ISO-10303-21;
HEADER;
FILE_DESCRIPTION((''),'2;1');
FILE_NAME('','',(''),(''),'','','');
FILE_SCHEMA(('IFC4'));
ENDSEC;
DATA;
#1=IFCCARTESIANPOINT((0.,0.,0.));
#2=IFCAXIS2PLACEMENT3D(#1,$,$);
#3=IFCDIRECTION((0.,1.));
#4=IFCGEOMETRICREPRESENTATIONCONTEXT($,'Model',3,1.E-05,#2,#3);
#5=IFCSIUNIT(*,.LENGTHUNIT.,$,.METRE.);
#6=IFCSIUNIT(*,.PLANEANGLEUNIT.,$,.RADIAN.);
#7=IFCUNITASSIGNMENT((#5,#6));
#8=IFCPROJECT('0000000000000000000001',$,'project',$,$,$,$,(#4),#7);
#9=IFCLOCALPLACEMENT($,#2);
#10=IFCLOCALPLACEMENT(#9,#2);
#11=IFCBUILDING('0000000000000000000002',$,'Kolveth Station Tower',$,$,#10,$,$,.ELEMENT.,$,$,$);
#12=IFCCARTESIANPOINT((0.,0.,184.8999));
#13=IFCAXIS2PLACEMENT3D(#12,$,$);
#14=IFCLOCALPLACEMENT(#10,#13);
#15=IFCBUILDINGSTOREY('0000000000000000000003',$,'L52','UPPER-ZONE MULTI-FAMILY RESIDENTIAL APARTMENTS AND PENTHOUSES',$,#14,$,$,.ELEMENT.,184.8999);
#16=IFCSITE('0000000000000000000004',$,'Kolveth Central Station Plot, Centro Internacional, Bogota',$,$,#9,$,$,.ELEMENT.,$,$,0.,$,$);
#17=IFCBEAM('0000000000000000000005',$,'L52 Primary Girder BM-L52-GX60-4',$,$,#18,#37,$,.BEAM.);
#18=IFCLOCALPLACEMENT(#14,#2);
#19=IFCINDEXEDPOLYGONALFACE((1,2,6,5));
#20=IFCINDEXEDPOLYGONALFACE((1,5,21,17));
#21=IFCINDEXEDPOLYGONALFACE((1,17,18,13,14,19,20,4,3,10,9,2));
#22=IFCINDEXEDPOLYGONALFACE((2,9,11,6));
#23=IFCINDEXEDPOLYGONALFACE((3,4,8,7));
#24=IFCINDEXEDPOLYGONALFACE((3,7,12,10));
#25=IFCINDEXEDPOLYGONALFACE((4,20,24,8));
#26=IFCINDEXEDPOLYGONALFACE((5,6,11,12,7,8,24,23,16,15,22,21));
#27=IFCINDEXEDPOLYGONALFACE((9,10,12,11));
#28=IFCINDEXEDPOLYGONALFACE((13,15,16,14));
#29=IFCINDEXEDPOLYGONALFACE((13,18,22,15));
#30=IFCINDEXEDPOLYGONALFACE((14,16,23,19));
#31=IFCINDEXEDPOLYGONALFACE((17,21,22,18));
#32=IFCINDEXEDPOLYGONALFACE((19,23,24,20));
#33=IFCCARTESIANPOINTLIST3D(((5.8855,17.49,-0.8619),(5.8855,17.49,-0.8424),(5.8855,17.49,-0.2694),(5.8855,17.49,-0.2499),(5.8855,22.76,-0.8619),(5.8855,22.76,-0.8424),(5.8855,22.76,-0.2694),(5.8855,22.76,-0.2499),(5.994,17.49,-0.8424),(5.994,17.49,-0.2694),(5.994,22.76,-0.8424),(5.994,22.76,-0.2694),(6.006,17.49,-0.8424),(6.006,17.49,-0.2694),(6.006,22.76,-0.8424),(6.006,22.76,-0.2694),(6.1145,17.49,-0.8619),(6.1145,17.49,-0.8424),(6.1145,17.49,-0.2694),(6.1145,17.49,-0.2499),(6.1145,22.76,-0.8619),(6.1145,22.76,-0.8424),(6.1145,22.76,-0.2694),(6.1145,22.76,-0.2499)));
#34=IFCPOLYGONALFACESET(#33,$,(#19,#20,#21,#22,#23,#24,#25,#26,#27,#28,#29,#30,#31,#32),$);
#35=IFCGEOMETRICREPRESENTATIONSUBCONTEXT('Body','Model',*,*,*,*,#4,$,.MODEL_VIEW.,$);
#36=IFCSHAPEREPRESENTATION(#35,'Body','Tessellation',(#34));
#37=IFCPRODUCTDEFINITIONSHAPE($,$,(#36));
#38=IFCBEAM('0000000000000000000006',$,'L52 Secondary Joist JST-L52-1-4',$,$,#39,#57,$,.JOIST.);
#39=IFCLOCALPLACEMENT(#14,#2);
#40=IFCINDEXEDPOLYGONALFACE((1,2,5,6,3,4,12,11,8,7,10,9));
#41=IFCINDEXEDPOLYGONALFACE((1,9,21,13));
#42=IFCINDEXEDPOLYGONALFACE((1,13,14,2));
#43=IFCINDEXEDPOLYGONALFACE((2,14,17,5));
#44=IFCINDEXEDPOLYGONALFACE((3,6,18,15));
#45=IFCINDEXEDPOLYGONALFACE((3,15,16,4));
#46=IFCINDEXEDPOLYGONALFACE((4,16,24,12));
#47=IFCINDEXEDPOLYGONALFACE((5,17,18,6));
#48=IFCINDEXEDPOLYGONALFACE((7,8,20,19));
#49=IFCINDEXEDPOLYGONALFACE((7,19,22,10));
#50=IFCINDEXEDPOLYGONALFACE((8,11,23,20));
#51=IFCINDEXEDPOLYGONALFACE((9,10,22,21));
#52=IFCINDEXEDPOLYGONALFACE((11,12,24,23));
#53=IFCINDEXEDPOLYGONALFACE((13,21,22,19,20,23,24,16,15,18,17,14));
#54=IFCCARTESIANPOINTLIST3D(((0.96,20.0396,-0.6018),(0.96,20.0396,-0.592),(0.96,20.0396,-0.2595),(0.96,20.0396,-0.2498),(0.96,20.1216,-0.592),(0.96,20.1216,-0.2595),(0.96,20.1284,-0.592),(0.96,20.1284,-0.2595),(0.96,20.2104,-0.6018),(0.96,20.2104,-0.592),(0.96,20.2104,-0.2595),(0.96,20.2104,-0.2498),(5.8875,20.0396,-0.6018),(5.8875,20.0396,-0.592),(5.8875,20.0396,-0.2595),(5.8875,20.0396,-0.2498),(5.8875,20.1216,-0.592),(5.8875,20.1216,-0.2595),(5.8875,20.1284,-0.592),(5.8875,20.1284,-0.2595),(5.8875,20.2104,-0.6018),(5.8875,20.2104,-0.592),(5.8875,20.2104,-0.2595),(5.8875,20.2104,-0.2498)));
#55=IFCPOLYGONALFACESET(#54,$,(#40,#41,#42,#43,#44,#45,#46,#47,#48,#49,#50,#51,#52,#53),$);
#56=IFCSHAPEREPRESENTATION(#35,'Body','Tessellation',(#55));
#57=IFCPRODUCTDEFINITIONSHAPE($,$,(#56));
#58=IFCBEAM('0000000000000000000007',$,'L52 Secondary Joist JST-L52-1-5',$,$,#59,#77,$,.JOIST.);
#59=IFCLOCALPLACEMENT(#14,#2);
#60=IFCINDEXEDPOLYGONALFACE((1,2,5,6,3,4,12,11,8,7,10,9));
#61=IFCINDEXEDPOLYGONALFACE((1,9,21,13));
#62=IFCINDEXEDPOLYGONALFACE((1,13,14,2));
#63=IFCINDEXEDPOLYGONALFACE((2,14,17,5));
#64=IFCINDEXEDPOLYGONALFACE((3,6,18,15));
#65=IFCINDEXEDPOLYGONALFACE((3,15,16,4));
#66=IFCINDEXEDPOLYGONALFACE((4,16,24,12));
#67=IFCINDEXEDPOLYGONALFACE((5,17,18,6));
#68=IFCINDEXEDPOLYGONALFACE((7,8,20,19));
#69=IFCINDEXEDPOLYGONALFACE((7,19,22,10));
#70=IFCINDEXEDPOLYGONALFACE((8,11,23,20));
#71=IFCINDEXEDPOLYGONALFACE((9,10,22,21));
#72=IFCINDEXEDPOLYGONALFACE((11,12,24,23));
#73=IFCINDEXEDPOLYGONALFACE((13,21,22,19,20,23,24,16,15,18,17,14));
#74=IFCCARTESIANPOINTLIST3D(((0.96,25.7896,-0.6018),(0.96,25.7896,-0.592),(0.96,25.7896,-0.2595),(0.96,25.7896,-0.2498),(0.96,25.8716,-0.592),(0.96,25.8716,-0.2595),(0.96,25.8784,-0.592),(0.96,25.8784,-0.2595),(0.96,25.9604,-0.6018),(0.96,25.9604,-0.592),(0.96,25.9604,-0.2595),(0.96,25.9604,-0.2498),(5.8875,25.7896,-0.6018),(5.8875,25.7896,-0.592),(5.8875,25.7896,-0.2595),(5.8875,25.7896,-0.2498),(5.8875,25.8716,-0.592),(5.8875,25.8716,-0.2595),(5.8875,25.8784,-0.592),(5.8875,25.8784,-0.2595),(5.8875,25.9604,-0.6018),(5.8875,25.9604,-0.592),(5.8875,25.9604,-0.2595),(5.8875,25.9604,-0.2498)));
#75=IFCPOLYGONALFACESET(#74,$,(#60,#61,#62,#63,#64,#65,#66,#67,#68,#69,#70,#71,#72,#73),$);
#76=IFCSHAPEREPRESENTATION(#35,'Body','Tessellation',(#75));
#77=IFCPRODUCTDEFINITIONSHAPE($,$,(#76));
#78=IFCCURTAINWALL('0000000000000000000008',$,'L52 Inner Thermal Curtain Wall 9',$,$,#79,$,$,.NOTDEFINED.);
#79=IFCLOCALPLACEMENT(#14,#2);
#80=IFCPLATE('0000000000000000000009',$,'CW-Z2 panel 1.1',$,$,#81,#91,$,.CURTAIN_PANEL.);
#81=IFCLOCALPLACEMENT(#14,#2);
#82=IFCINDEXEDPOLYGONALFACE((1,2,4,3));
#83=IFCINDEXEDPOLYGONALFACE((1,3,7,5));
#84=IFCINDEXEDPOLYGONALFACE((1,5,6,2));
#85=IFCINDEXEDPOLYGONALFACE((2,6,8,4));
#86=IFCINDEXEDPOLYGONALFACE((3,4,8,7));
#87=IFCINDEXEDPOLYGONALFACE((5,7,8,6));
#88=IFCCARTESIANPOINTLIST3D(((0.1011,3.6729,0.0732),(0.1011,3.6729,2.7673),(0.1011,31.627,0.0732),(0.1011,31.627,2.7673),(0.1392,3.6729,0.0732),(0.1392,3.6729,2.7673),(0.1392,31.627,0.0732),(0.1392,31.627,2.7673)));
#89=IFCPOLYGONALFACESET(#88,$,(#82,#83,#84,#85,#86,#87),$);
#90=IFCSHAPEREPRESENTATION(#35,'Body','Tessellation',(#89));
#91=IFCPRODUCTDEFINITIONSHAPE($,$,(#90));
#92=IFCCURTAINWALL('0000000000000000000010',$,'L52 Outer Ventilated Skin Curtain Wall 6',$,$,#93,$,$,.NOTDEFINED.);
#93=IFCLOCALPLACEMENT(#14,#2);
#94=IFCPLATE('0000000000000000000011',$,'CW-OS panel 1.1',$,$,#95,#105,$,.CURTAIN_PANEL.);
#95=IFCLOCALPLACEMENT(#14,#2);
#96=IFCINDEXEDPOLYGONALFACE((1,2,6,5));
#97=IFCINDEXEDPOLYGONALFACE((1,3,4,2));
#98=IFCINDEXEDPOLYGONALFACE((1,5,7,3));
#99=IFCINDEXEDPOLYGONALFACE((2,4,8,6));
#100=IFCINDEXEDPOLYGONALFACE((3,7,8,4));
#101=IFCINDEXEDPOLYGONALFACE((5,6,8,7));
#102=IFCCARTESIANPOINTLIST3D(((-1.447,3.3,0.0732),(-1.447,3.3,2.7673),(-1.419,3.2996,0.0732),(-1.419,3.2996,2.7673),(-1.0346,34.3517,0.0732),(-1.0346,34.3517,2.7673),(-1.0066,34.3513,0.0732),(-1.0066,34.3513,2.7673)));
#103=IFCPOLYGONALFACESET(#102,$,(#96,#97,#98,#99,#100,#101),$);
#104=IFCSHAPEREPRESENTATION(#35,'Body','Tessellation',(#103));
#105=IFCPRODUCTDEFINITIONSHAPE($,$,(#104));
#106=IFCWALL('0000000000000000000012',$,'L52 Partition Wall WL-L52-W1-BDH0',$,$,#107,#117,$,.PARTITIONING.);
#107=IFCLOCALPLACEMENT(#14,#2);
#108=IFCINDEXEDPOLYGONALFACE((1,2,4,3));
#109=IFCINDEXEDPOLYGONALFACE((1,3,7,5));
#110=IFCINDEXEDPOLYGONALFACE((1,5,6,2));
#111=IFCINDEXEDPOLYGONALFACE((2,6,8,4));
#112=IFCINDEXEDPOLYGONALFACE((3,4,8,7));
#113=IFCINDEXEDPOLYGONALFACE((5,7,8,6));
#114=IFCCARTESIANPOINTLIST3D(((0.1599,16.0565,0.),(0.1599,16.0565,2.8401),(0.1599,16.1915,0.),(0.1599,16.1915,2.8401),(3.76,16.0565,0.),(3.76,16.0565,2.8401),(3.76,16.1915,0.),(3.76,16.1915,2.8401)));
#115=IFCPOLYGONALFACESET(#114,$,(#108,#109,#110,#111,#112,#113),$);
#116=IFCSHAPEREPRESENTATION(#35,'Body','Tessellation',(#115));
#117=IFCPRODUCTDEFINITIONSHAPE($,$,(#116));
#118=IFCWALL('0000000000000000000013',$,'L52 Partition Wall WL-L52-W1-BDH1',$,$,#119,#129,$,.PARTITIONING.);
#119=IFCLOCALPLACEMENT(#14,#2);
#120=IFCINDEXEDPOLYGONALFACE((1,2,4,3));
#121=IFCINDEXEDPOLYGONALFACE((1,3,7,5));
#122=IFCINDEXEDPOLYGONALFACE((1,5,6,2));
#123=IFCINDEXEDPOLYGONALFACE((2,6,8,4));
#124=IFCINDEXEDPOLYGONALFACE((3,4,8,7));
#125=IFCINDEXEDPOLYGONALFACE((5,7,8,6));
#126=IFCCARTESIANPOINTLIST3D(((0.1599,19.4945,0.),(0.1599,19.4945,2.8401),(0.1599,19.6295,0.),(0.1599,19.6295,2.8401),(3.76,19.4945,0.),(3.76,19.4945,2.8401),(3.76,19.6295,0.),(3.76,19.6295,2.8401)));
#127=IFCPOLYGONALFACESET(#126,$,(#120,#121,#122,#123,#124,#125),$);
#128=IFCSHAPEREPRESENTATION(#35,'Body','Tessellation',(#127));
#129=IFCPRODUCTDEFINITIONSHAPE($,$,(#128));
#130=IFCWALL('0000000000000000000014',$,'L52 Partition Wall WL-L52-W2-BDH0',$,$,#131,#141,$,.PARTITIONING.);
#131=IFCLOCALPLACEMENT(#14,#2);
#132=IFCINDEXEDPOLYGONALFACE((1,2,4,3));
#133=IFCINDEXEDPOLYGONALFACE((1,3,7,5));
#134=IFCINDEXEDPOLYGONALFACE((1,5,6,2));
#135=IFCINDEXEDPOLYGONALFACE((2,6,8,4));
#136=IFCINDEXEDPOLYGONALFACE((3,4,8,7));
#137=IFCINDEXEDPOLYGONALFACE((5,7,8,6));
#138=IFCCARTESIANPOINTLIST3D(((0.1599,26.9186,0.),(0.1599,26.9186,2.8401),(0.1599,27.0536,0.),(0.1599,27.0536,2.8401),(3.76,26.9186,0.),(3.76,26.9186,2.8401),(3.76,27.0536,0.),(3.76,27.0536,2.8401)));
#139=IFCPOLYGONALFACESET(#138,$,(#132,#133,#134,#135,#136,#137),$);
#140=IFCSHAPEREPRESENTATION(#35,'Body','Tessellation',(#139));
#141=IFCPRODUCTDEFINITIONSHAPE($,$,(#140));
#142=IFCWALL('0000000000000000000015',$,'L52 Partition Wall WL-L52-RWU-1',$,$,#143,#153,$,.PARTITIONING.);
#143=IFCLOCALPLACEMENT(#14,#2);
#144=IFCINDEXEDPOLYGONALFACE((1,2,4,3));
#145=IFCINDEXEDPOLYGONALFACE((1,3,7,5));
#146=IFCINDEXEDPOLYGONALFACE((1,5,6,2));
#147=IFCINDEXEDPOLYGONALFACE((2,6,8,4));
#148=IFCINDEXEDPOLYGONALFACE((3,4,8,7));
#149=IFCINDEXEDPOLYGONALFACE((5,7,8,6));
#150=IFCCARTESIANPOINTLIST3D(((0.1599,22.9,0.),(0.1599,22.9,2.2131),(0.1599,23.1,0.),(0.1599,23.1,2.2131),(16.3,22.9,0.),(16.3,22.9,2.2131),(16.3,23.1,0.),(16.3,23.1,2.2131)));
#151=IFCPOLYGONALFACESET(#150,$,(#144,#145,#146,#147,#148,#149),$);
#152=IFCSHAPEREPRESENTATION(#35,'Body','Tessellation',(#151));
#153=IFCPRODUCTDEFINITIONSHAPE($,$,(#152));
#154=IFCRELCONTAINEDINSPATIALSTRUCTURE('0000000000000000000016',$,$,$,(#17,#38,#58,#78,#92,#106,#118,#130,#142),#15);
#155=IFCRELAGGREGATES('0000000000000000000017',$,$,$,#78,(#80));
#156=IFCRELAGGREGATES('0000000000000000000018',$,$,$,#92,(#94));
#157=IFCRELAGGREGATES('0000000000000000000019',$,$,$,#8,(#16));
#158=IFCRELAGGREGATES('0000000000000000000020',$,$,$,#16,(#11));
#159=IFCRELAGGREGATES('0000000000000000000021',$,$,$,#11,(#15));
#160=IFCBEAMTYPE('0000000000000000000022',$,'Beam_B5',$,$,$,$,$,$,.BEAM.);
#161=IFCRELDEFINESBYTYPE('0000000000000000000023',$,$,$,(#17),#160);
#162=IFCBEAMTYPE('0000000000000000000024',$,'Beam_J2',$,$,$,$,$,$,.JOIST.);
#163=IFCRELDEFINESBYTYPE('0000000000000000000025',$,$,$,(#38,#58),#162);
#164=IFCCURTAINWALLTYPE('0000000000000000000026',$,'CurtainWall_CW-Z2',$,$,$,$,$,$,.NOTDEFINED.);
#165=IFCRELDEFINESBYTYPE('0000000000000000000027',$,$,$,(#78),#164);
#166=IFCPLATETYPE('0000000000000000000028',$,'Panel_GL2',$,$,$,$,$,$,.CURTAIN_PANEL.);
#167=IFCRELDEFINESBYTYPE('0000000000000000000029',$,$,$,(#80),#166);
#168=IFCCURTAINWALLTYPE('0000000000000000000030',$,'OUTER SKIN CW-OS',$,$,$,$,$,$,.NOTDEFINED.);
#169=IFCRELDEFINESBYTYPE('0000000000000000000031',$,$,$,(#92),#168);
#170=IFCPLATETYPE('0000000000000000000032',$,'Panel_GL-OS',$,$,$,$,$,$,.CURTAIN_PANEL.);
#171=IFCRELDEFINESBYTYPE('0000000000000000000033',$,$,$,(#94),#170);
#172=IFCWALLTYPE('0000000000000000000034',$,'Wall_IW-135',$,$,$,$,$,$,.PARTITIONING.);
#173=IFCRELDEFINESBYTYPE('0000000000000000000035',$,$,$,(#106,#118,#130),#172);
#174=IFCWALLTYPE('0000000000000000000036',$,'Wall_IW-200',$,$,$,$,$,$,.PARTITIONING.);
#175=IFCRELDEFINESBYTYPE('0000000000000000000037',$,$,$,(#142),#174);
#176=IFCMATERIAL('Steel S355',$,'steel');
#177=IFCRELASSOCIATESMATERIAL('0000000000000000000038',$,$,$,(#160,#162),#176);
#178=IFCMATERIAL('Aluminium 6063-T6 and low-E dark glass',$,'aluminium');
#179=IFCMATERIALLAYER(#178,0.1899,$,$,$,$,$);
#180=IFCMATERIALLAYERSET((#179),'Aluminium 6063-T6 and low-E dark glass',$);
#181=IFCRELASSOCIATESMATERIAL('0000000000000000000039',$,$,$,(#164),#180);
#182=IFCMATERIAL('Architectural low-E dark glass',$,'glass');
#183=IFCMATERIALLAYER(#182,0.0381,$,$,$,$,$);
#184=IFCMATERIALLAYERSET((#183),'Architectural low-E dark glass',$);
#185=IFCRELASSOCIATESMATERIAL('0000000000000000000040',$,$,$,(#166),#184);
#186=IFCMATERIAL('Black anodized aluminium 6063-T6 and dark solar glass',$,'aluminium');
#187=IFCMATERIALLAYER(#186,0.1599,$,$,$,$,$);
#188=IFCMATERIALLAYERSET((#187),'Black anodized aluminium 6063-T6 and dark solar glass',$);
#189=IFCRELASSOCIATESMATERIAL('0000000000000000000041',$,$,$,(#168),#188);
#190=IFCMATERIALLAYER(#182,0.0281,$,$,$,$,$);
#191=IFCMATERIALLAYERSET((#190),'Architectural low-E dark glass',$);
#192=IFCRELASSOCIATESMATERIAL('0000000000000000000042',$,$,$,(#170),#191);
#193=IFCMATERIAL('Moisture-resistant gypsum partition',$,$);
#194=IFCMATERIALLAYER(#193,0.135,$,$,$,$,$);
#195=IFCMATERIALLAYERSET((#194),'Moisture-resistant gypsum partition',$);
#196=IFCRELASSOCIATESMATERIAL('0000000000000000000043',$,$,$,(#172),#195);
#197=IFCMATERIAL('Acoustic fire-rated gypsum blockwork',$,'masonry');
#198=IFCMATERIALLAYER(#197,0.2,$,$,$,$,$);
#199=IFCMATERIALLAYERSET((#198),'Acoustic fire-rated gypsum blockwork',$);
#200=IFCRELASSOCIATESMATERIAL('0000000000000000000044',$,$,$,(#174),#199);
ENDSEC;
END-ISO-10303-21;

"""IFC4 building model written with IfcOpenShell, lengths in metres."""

from ifc_helpers import new_model, si_unit, direction, frame, frame_2d, origin, origin_2d, place, context, subcontext, project, spatial, rectangle, i_section, extrude, source, transform, mapped, material, layer, layer_set, material_profile, profile_set, type_object, element, aggregate, save


model = new_model("IFC4")

# Units and contexts
model_context = context("Model", 3, precision=1e-05, world=origin(), true_north=direction((0.0, 1.0)))
body_context = subcontext(model_context, "Body", "Model", "MODEL_VIEW")
ifc_project = project(units=[si_unit("LENGTHUNIT", "METRE"), si_unit("PLANEANGLEUNIT", "RADIAN")], contexts=[model_context])

# Site, building, storey
site_placement = place(None, origin())
site = spatial("IfcSite", under=ifc_project, at=site_placement, Name="Kolveth Central Station Plot, Centro Internacional, Bogota", CompositionType="ELEMENT", RefElevation=0.0)
building_placement = place(site_placement, origin())
building = spatial("IfcBuilding", under=site, at=building_placement, Name="Kolveth Station Tower", CompositionType="ELEMENT")
storey_placement = place(building_placement, frame((0.0, 0.0, 184.8999)))
storey = spatial("IfcBuildingStorey", under=building, at=storey_placement, Name="L52", Description="UPPER-ZONE MULTI-FAMILY RESIDENTIAL APARTMENTS AND PENTHOUSES", CompositionType="ELEMENT", Elevation=184.8999)

# Shared definitions
ifc_material_1 = material(Name="Steel S355", Category="steel")

# Beams
ifc_material_profile_1 = material_profile(ifc_material_1, i_section(OverallWidth=0.229, OverallDepth=0.6121, WebThickness=0.012, FlangeThickness=0.0195, at=origin_2d()), Name="W610x125")
ifc_profile_set_1 = profile_set([ifc_material_profile_1], Name="Steel S355")
beam_type_1 = type_object("IfcBeamType", Name="Beam_B5", PredefinedType="BEAM", material=ifc_profile_set_1)
shared_shape_1 = source(origin(), body_context, "Body", "SweptSolid", [
    extrude(i_section(OverallWidth=0.229, OverallDepth=0.6121, WebThickness=0.012, FlangeThickness=0.0195, at=origin_2d()), origin(), (0.0, 0.0, 1.0), 5.27),
])
beam_placement = place(storey_placement, frame((6.0, 17.49, -0.5559), z_axis=(0.0, 1.0, 0.0), x_axis=(-1.0, 0.0, 0.0)))
element("IfcBeam", 1, at=beam_placement, inside=storey, type_object=beam_type_1, Name="L52 Primary Girder BM-L52-GX60-4", PredefinedType="BEAM", context=body_context, shape_type="MappedRepresentation", body=[
    mapped(shared_shape_1, transform((0.0, 0.0, 0.0), x_axis=(1.0, 0.0, 0.0), y_axis=(0.0, 1.0, 0.0), z_axis=(0.0, 0.0, 1.0), scale=1.0)),
])
ifc_material_profile_2 = material_profile(ifc_material_1, i_section(OverallWidth=0.1709, OverallDepth=0.3521, WebThickness=0.0068, FlangeThickness=0.0098, at=origin_2d()), Name="W360x44")
ifc_profile_set_2 = profile_set([ifc_material_profile_2], Name="Steel S355")
beam_type_2 = type_object("IfcBeamType", Name="Beam_J2", PredefinedType="JOIST", material=ifc_profile_set_2)
shared_shape_2 = source(origin(), body_context, "Body", "SweptSolid", [
    extrude(i_section(OverallWidth=0.1709, OverallDepth=0.3521, WebThickness=0.0068, FlangeThickness=0.0098, at=origin_2d()), origin(), (0.0, 0.0, 1.0), 4.9275),
])
for number, where, z_axis, x_axis, name in (
    (2, (0.96, 20.125, -0.4258), (1.0, 0.0, 0.0), (0.0, 1.0, 0.0), "L52 Secondary Joist JST-L52-1-4"),
    (3, (0.96, 25.875, -0.4258), (1.0, 0.0, 0.0), (0.0, 1.0, 0.0), "L52 Secondary Joist JST-L52-1-5"),
):
    element("IfcBeam", number, at=place(storey_placement, frame(where, z_axis=z_axis, x_axis=x_axis)), inside=storey, type_object=beam_type_2, Name=name, PredefinedType="JOIST", context=body_context, shape_type="MappedRepresentation", body=[
        mapped(shared_shape_2, transform((0.0, 0.0, 0.0), x_axis=(1.0, 0.0, 0.0), y_axis=(0.0, 1.0, 0.0), z_axis=(0.0, 0.0, 1.0), scale=1.0)),
    ])

# Curtain walls, plates
ifc_material_2 = material(Name="Aluminium 6063-T6 and low-E dark glass", Category="aluminium")
ifc_layer_1 = layer(ifc_material_2, 0.1899)
ifc_layer_set_1 = layer_set([ifc_layer_1], Name="Aluminium 6063-T6 and low-E dark glass")
curtain_wall_type_1 = type_object("IfcCurtainWallType", Name="CurtainWall_CW-Z2", PredefinedType="NOTDEFINED", material=ifc_layer_set_1)
curtain_wall_1_placement = place(storey_placement, origin())
curtain_wall_1 = element("IfcCurtainWall", 4, at=curtain_wall_1_placement, inside=storey, type_object=curtain_wall_type_1, Name="L52 Inner Thermal Curtain Wall 9", PredefinedType="NOTDEFINED")
ifc_material_3 = material(Name="Architectural low-E dark glass", Category="glass")
ifc_layer_2 = layer(ifc_material_3, 0.0381)
ifc_layer_set_2 = layer_set([ifc_layer_2], Name="Architectural low-E dark glass")
plate_type_1 = type_object("IfcPlateType", Name="Panel_GL2", PredefinedType="CURTAIN_PANEL", material=ifc_layer_set_2)
shared_shape_3 = source(origin(), body_context, "Body", "SweptSolid", [
    extrude(rectangle(XDim=27.9541, YDim=0.0381, at=origin_2d()), origin(), (0.0, 0.0, 1.0), 2.6941),
])
plate_1_placement = place(storey_placement, frame((0.1201, 17.6499, 0.0732), z_axis=(0.0, 0.0, 1.0), x_axis=(0.0, -1.0, 0.0)))
plate_1 = element("IfcPlate", 5, at=plate_1_placement, type_object=plate_type_1, Name="CW-Z2 panel 1.1", PredefinedType="CURTAIN_PANEL", context=body_context, shape_type="MappedRepresentation", body=[
    mapped(shared_shape_3, transform((0.0, 0.0, 0.0), x_axis=(1.0, 0.0, 0.0), y_axis=(0.0, 1.0, 0.0), z_axis=(0.0, 0.0, 1.0), scale=1.0)),
])
aggregate(curtain_wall_1, [plate_1])
ifc_material_4 = material(Name="Black anodized aluminium 6063-T6 and dark solar glass", Category="aluminium")
ifc_layer_3 = layer(ifc_material_4, 0.1599)
ifc_layer_set_3 = layer_set([ifc_layer_3], Name="Black anodized aluminium 6063-T6 and dark solar glass")
curtain_wall_type_2 = type_object("IfcCurtainWallType", Name="OUTER SKIN CW-OS", PredefinedType="NOTDEFINED", material=ifc_layer_set_3)
curtain_wall_2_placement = place(storey_placement, origin())
curtain_wall_2 = element("IfcCurtainWall", 6, at=curtain_wall_2_placement, inside=storey, type_object=curtain_wall_type_2, Name="L52 Outer Ventilated Skin Curtain Wall 6", PredefinedType="NOTDEFINED")
ifc_layer_4 = layer(ifc_material_3, 0.0281)
ifc_layer_set_4 = layer_set([ifc_layer_4], Name="Architectural low-E dark glass")
plate_type_2 = type_object("IfcPlateType", Name="Panel_GL-OS", PredefinedType="CURTAIN_PANEL", material=ifc_layer_set_4)
shared_shape_4 = source(origin(), body_context, "Body", "SweptSolid", [
    extrude(rectangle(XDim=31.0544, YDim=0.0281, at=origin_2d()), origin(), (0.0, 0.0, 1.0), 2.6941),
])
plate_2_placement = place(storey_placement, frame((-1.2268, 18.8257, 0.0732), z_axis=(0.0, 0.0, 1.0), x_axis=(-0.01328, -0.999912, 0.0)))
plate_2 = element("IfcPlate", 7, at=plate_2_placement, type_object=plate_type_2, Name="CW-OS panel 1.1", PredefinedType="CURTAIN_PANEL", context=body_context, shape_type="MappedRepresentation", body=[
    mapped(shared_shape_4, transform((0.0, 0.0, 0.0), x_axis=(1.0, 0.0, 0.0), y_axis=(0.0, 1.0, 0.0), z_axis=(0.0, 0.0, 1.0), scale=1.0)),
])
aggregate(curtain_wall_2, [plate_2])

# Wall
ifc_material_5 = material(Name="Moisture-resistant gypsum partition")
ifc_layer_5 = layer(ifc_material_5, 0.135)
ifc_layer_set_5 = layer_set([ifc_layer_5], Name="Moisture-resistant gypsum partition")
wall_type_1 = type_object("IfcWallType", Name="Wall_IW-135", PredefinedType="PARTITIONING", material=ifc_layer_set_5)
wall_1_placement = place(storey_placement, frame((0.1599, 16.124, 0.0), z_axis=(0.0, 0.0, 1.0), x_axis=(1.0, 0.0, 0.0)))
element("IfcWall", 8, at=wall_1_placement, inside=storey, type_object=wall_type_1, Name="L52 Partition Wall WL-L52-W1-BDH0", PredefinedType="PARTITIONING", context=body_context, shape_type="SweptSolid", body=[
    extrude(rectangle(XDim=3.6001, YDim=0.135, at=frame_2d((1.8, 0.0))), origin(), (0.0, 0.0, 1.0), 2.8401),
])

# Walls
for number, where, z_axis, x_axis, name in (
    (9, (0.1599, 19.562, 0.0), (0.0, 0.0, 1.0), (1.0, 0.0, 0.0), "L52 Partition Wall WL-L52-W1-BDH1"),
    (10, (0.1599, 26.9861, 0.0), (0.0, 0.0, 1.0), (1.0, 0.0, 0.0), "L52 Partition Wall WL-L52-W2-BDH0"),
):
    element("IfcWall", number, at=place(storey_placement, frame(where, z_axis=z_axis, x_axis=x_axis)), inside=storey, type_object=wall_type_1, Name=name, PredefinedType="PARTITIONING", context=body_context, shape_type="SweptSolid", body=[
        extrude(rectangle(XDim=3.6001, YDim=0.135, at=frame_2d((1.8, 0.0))), origin(), (0.0, 0.0, 1.0), 2.8401),
    ])

# Wall
ifc_material_6 = material(Name="Acoustic fire-rated gypsum blockwork", Category="masonry")
ifc_layer_6 = layer(ifc_material_6, 0.2)
ifc_layer_set_6 = layer_set([ifc_layer_6], Name="Acoustic fire-rated gypsum blockwork")
wall_type_2 = type_object("IfcWallType", Name="Wall_IW-200", PredefinedType="PARTITIONING", material=ifc_layer_set_6)
wall_2_placement = place(storey_placement, frame((0.1599, 23.0, 0.0), z_axis=(0.0, 0.0, 1.0), x_axis=(1.0, 0.0, 0.0)))
element("IfcWall", 11, at=wall_2_placement, inside=storey, type_object=wall_type_2, Name="L52 Partition Wall WL-L52-RWU-1", PredefinedType="PARTITIONING", context=body_context, shape_type="SweptSolid", body=[
    extrude(rectangle(XDim=16.1401, YDim=0.2, at=frame_2d((8.0701, 0.0))), origin(), (0.0, 0.0, 1.0), 2.2131),
])

save(model, "model.ifc")
